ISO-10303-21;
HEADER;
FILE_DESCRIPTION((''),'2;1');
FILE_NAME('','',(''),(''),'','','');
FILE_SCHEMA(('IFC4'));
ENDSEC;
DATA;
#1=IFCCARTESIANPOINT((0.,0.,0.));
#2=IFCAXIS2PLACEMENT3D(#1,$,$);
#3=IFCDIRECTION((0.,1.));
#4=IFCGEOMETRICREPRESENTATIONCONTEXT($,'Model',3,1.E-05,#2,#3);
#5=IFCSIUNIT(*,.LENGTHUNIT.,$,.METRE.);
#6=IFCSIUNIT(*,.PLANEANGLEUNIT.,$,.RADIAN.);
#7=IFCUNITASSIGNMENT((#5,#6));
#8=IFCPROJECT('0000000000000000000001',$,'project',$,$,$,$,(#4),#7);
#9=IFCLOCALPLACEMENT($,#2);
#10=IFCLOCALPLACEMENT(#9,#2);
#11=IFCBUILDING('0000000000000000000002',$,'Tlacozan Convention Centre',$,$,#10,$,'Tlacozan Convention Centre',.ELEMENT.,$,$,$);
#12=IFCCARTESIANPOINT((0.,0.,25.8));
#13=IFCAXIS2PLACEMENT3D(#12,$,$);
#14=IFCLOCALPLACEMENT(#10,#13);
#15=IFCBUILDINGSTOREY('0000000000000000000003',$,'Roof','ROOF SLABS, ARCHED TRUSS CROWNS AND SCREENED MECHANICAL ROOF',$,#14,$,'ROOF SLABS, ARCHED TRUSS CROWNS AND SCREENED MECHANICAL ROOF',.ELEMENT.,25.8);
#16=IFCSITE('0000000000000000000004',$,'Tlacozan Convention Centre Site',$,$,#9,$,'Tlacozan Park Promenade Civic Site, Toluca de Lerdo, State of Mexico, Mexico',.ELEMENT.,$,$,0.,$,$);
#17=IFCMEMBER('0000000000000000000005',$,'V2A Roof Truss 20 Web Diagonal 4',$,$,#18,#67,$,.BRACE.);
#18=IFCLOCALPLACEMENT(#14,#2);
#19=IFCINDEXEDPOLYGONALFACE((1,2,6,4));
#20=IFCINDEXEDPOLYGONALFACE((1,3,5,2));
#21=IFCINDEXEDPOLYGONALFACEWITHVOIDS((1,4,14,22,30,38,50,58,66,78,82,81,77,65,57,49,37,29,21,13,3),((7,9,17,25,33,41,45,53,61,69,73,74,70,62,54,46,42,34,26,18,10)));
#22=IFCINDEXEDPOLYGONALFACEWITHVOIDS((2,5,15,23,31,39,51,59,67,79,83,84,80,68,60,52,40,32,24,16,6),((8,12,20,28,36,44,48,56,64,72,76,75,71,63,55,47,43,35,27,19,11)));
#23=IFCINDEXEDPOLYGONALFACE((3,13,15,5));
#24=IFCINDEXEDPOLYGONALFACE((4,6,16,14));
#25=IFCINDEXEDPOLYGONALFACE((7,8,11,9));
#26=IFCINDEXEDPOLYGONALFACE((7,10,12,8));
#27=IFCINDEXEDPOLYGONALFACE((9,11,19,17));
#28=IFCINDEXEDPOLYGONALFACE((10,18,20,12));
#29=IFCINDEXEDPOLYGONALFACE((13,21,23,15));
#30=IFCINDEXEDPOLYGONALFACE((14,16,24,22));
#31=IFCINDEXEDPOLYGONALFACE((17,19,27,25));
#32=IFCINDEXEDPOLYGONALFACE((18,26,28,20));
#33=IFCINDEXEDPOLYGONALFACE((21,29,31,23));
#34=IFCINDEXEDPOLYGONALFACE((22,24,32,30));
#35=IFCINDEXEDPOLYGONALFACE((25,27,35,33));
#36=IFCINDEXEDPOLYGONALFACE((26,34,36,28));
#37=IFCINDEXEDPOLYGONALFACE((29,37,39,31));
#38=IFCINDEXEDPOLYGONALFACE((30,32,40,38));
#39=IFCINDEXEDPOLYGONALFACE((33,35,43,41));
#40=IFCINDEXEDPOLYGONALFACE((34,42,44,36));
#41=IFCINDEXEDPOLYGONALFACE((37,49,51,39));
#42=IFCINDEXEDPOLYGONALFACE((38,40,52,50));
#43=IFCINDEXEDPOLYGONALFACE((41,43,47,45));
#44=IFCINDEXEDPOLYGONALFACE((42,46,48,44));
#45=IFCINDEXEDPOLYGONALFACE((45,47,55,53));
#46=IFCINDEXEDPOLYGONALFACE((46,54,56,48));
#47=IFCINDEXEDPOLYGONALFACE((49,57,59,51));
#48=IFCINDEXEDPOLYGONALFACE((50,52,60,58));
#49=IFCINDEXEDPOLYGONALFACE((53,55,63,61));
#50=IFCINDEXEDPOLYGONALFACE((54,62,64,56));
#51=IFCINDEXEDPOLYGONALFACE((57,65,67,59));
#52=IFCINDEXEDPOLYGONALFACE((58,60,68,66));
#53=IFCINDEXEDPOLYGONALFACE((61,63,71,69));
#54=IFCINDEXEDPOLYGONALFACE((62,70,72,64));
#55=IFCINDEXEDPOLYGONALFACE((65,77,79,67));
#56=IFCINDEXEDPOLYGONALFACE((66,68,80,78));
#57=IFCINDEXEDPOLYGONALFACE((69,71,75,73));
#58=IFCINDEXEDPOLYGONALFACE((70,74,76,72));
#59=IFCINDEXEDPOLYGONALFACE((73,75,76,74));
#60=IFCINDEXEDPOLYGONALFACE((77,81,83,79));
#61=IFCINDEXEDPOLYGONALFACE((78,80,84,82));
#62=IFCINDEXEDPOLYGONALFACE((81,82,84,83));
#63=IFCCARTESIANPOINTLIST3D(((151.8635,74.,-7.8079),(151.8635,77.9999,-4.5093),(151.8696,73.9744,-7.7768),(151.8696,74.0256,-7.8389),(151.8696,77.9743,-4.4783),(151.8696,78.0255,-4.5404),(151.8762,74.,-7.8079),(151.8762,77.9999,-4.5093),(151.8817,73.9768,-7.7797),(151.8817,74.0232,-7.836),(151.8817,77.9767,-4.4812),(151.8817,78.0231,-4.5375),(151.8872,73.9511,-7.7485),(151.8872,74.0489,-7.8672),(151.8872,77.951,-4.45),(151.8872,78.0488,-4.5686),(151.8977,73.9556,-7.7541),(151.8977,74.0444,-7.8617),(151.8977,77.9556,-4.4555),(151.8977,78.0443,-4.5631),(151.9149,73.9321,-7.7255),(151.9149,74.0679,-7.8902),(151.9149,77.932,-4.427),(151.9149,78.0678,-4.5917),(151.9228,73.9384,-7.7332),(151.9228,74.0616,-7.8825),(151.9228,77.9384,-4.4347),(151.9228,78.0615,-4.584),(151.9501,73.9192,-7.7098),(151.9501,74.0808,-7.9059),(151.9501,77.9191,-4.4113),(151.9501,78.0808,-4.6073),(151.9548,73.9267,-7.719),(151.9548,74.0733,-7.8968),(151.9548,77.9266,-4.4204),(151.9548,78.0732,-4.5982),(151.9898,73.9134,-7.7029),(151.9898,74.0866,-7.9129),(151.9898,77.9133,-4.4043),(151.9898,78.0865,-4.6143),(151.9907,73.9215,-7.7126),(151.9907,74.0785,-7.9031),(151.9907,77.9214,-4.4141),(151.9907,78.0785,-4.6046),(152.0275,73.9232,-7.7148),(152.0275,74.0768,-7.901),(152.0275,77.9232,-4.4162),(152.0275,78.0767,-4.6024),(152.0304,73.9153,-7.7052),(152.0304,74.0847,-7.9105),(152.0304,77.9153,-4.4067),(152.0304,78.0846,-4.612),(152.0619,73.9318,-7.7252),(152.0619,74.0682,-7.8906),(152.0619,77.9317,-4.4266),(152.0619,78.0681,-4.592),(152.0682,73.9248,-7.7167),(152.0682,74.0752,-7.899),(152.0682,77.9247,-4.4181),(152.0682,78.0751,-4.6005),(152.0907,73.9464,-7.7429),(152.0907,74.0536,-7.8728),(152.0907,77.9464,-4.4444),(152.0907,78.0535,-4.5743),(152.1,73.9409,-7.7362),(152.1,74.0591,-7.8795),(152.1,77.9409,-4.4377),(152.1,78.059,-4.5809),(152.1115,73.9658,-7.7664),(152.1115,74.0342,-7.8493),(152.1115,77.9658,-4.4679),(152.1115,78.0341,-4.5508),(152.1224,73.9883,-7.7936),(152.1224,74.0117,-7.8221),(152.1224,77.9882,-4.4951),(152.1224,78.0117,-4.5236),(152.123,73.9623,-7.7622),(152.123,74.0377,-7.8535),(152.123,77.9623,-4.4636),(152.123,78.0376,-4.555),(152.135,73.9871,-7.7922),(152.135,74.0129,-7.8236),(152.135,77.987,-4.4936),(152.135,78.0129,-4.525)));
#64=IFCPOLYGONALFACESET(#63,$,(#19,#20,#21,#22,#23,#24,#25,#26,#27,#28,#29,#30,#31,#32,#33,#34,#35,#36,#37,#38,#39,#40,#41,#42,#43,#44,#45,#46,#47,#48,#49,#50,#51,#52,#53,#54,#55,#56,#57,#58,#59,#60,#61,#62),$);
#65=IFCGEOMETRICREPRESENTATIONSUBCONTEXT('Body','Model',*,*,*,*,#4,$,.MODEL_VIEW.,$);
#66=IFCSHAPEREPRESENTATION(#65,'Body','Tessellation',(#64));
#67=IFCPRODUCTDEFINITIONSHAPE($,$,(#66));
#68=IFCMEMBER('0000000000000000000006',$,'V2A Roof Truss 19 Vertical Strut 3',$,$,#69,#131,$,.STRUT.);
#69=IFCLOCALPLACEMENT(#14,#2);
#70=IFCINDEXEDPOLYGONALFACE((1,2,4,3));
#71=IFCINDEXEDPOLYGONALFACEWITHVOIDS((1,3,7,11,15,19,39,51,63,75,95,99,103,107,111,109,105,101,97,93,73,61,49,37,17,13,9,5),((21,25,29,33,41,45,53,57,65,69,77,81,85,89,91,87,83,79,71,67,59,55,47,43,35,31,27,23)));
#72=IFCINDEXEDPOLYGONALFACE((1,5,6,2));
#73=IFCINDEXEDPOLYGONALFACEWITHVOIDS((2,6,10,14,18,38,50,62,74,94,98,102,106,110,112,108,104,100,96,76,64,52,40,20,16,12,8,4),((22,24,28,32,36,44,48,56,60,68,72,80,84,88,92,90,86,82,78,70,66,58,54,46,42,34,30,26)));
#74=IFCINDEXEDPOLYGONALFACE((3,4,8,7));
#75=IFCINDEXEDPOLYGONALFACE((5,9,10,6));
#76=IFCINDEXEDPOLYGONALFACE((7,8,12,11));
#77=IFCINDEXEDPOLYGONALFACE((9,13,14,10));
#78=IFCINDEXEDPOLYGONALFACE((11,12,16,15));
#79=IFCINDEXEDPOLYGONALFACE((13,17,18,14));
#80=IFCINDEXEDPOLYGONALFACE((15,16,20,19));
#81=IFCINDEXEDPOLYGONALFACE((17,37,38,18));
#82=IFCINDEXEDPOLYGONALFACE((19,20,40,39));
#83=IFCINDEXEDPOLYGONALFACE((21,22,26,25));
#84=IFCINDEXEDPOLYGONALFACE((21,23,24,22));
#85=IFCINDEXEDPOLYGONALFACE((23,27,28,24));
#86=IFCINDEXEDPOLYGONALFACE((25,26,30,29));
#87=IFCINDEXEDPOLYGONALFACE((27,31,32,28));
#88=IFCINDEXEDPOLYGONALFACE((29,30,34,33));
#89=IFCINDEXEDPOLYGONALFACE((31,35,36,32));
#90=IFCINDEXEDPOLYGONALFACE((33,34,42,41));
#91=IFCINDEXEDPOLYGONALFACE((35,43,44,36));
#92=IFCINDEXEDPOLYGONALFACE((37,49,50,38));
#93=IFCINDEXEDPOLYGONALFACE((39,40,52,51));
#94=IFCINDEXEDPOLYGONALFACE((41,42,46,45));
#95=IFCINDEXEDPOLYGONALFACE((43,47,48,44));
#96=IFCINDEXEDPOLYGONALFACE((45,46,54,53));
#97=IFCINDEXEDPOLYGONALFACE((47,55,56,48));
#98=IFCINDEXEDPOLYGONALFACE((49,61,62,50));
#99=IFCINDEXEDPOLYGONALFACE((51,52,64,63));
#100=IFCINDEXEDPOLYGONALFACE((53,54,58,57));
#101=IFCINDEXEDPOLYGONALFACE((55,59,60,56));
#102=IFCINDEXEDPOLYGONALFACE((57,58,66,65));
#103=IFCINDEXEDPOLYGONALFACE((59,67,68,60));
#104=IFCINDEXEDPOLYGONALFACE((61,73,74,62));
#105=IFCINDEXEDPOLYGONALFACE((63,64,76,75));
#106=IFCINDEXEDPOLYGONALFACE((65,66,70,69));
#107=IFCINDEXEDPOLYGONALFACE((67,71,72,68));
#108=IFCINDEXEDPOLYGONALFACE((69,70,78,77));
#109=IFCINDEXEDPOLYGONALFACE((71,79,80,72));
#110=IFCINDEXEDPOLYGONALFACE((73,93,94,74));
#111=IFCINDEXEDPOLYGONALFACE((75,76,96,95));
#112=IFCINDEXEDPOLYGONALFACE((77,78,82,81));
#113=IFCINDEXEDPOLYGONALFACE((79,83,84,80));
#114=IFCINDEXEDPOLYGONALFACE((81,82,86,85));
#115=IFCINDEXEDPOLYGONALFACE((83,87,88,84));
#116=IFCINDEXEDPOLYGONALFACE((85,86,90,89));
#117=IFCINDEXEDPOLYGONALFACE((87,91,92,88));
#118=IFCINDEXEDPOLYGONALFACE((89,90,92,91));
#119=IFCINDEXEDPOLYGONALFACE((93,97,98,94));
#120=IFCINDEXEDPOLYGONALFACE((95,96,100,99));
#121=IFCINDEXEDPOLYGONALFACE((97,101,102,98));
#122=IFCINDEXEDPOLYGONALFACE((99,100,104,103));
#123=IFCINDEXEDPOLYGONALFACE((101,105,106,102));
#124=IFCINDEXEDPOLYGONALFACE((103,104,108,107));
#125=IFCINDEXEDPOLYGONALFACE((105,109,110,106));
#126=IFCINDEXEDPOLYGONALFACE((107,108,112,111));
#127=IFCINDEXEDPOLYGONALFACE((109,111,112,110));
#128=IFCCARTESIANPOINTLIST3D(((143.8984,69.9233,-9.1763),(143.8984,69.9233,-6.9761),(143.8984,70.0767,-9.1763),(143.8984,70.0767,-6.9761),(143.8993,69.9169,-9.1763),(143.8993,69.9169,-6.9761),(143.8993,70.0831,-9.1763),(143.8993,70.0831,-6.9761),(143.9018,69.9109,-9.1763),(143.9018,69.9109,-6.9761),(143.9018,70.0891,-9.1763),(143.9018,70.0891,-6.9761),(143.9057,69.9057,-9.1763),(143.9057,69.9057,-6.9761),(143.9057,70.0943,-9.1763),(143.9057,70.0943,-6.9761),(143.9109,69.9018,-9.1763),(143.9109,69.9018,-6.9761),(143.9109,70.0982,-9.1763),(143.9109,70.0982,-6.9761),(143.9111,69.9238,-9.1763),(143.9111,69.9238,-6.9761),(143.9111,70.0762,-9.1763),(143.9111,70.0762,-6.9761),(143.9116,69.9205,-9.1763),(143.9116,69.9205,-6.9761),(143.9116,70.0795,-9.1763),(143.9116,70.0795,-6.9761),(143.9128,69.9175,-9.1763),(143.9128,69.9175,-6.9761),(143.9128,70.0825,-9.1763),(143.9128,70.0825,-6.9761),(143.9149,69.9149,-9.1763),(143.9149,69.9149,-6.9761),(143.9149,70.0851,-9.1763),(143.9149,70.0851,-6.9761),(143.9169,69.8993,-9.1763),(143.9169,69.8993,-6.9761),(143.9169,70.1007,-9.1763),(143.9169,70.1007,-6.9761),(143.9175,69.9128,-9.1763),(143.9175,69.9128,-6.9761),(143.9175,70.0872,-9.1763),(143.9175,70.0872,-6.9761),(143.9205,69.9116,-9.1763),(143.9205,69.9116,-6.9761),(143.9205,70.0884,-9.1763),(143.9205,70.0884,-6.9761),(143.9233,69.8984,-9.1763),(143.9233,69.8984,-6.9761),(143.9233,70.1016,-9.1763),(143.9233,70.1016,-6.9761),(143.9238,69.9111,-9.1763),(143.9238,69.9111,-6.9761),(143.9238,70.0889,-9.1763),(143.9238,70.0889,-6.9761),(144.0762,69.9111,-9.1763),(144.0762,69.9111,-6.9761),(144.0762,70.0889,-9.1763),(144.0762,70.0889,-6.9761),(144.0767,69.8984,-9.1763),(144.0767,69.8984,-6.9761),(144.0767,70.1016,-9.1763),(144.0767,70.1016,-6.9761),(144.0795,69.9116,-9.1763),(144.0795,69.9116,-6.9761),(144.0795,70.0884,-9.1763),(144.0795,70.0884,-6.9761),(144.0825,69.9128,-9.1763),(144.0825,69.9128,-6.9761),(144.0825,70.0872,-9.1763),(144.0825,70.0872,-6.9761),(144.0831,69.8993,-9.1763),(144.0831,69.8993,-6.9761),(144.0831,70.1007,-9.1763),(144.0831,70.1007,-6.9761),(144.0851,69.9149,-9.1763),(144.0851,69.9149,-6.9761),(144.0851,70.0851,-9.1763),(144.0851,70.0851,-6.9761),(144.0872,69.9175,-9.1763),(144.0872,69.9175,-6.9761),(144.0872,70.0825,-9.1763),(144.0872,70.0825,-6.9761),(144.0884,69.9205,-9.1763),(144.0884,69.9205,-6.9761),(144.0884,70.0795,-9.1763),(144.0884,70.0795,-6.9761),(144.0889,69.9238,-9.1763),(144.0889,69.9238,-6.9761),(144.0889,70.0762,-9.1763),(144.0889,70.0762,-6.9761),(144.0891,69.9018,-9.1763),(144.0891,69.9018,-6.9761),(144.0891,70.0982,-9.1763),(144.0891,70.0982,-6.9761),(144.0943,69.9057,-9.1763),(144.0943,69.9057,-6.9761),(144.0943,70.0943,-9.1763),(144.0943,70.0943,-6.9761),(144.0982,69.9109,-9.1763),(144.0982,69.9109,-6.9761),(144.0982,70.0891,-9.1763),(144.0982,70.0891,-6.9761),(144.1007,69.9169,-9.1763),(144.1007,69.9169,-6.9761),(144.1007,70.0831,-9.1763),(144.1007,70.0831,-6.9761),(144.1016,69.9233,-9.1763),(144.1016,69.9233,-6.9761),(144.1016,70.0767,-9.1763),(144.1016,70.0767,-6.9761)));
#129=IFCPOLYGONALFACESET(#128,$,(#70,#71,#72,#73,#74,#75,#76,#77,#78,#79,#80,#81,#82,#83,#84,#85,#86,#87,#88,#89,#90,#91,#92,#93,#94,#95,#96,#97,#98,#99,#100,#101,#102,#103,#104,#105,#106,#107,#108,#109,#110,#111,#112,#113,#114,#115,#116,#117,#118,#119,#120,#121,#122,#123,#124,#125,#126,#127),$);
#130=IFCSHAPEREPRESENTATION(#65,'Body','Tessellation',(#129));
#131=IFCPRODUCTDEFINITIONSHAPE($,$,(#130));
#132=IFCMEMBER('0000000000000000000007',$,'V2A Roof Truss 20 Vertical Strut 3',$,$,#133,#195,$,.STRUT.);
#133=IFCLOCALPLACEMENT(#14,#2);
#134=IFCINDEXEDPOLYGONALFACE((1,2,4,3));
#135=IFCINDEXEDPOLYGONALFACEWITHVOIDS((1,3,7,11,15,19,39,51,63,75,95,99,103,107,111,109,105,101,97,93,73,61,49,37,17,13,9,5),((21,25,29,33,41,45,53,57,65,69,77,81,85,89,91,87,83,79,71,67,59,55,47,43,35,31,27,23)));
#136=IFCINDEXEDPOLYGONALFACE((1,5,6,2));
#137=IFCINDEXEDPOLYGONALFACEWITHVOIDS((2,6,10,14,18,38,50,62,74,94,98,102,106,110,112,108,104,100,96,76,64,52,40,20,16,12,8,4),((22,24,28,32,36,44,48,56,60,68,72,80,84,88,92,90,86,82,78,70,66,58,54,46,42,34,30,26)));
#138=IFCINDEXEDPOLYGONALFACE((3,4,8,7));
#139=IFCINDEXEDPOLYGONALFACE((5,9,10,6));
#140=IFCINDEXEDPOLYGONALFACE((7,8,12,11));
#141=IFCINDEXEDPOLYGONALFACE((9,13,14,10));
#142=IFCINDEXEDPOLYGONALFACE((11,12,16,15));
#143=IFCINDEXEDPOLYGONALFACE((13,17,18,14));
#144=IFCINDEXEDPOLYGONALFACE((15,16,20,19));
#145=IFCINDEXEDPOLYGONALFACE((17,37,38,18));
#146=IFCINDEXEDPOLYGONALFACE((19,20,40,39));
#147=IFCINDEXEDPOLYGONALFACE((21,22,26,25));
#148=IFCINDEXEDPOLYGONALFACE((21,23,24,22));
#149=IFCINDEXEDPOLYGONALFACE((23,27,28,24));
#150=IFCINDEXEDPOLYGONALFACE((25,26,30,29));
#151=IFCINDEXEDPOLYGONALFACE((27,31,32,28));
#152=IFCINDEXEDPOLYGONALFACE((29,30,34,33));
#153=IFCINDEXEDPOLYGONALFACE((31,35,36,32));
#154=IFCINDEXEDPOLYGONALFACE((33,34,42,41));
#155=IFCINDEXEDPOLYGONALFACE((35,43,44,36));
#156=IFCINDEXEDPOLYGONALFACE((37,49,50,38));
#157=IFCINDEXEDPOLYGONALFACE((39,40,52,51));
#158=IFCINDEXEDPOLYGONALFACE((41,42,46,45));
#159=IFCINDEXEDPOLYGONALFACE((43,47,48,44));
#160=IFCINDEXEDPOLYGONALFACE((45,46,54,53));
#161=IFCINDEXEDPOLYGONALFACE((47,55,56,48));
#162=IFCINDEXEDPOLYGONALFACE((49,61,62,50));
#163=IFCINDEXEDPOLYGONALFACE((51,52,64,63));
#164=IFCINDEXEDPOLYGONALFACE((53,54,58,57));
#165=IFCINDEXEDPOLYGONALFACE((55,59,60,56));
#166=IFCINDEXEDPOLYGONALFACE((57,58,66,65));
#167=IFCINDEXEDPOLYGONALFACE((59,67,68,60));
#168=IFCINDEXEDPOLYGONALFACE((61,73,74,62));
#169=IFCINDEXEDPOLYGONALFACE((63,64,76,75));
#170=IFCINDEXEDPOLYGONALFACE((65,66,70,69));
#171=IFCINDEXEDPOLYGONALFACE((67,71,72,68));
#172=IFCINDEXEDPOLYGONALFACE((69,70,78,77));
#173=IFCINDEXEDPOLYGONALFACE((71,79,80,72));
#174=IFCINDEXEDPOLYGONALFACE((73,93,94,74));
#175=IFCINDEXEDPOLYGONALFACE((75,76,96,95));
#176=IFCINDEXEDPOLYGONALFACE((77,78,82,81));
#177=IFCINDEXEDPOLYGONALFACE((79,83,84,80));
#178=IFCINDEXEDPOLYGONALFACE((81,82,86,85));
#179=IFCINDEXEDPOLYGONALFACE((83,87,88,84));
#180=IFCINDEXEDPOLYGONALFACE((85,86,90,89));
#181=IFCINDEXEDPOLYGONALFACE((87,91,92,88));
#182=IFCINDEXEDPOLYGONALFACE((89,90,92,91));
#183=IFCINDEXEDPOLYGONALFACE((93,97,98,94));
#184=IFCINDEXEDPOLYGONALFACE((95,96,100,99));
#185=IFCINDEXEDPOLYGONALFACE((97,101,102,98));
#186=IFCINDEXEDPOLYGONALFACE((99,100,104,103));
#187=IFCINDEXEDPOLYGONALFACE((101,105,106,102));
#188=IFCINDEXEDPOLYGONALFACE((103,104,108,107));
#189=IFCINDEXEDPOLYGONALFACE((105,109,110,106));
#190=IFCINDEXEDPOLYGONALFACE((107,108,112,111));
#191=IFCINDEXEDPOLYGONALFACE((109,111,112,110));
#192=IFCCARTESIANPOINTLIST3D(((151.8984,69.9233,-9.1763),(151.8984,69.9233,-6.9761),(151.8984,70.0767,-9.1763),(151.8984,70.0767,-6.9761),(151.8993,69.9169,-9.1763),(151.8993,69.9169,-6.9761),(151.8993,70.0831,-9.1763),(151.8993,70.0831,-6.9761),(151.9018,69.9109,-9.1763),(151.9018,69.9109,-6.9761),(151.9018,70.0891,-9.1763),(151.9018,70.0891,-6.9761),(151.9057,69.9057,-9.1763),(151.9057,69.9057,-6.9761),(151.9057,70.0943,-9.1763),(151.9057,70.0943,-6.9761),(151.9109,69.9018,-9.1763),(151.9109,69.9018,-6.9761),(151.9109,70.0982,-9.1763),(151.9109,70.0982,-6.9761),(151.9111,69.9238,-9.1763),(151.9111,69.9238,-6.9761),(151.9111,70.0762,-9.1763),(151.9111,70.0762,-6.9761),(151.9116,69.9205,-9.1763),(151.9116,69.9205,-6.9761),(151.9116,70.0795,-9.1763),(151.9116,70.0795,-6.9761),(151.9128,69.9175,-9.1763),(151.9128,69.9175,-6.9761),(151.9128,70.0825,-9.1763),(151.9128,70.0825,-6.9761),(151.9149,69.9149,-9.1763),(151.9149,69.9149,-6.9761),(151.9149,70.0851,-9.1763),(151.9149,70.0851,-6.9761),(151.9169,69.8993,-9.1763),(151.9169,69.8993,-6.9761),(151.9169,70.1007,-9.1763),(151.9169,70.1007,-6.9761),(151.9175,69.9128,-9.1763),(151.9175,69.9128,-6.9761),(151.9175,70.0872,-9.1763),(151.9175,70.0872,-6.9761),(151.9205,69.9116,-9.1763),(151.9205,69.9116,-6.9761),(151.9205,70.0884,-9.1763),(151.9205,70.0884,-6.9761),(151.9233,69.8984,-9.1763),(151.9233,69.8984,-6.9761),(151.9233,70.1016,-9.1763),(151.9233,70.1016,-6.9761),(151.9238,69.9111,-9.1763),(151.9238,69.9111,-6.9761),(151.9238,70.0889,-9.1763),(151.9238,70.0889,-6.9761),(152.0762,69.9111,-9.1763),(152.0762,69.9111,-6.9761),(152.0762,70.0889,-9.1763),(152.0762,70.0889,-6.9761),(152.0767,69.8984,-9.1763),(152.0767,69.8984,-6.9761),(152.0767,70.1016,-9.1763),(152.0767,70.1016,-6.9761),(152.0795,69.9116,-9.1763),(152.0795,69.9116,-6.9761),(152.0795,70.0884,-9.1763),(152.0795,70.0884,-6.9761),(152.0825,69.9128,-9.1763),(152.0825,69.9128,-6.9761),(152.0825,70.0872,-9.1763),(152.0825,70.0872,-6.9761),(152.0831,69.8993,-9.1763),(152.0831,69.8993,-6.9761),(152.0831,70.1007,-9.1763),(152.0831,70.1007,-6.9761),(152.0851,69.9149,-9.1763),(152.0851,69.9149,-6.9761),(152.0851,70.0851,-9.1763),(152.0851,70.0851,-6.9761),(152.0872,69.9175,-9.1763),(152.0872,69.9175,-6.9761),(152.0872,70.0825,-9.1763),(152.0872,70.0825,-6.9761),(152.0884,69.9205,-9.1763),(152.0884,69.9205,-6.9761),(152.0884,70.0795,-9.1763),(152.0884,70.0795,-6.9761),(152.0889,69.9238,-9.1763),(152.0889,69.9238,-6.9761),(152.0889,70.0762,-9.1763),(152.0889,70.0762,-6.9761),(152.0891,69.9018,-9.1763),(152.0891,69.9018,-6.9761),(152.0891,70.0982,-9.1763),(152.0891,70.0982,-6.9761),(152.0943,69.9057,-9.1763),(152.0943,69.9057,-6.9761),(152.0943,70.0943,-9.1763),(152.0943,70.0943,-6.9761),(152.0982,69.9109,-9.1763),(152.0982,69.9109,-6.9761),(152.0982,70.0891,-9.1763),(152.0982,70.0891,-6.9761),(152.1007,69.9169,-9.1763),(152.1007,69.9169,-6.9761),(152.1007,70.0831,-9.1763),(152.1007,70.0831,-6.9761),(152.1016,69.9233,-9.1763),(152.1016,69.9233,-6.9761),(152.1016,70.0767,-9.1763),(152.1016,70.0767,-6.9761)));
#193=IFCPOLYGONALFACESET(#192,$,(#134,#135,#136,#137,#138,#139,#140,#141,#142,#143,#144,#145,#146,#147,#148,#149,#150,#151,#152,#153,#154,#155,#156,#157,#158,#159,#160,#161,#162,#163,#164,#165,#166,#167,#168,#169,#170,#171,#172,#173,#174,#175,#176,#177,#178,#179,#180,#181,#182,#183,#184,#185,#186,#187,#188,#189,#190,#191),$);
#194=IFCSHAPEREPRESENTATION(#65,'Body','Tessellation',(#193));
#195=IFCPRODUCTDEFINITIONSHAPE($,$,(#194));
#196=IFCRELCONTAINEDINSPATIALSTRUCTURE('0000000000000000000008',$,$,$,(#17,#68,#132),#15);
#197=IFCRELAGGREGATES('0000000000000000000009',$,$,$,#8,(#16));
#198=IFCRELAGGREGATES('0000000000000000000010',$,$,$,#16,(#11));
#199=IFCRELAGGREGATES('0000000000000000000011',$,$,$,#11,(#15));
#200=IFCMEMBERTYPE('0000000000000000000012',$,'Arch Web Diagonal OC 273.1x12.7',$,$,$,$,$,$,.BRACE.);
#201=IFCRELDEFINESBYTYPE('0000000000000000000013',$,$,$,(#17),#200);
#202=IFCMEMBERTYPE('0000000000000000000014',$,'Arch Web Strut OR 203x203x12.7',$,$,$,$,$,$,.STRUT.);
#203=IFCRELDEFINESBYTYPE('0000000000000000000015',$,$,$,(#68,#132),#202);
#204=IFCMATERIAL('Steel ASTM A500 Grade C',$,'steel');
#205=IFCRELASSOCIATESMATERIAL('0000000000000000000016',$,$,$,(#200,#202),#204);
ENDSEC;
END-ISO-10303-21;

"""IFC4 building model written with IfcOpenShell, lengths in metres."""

from ifc_helpers import new_model, si_unit, direction, frame, origin, origin_2d, place, context, subcontext, project, spatial, hollow_rectangle, hollow_circle, extrude, material, material_profile, profile_set, type_object, element, save


model = new_model("IFC4")

# Units and contexts
model_context = context("Model", 3, precision=1e-05, world=origin(), true_north=direction((0.0, 1.0)))
body_context = subcontext(model_context, "Body", "Model", "MODEL_VIEW")
ifc_project = project(units=[si_unit("LENGTHUNIT", "METRE"), si_unit("PLANEANGLEUNIT", "RADIAN")], contexts=[model_context])

# Site, building, storey
site_placement = place(None, origin())
site = spatial("IfcSite", under=ifc_project, at=site_placement, Name="Tlacozan Convention Centre Site", LongName="Tlacozan Park Promenade Civic Site, Toluca de Lerdo, State of Mexico, Mexico", CompositionType="ELEMENT", RefElevation=0.0)
building_placement = place(site_placement, origin())
building = spatial("IfcBuilding", under=site, at=building_placement, Name="Tlacozan Convention Centre", LongName="Tlacozan Convention Centre", CompositionType="ELEMENT")
storey_placement = place(building_placement, frame((0.0, 0.0, 25.8)))
storey = spatial("IfcBuildingStorey", under=building, at=storey_placement, Name="Roof", Description="ROOF SLABS, ARCHED TRUSS CROWNS AND SCREENED MECHANICAL ROOF", LongName="ROOF SLABS, ARCHED TRUSS CROWNS AND SCREENED MECHANICAL ROOF", CompositionType="ELEMENT", Elevation=25.8)

# Members
ifc_material_1 = material(Name="Steel ASTM A500 Grade C", Category="steel")
ifc_material_profile_1 = material_profile(ifc_material_1, hollow_circle(Radius=0.1365, WallThickness=0.0127, at=origin_2d()), Name="OC 273.1x12.7")
ifc_profile_set_1 = profile_set([ifc_material_profile_1], Name="Steel ASTM A500 Grade C")
member_type_1 = type_object("IfcMemberType", Name="Arch Web Diagonal OC 273.1x12.7", PredefinedType="BRACE", material=ifc_profile_set_1)
member_1_placement = place(storey_placement, frame((152.0, 74.0, -7.8079), z_axis=(0.0, 0.771507, 0.63622), x_axis=(-1.0, 0.0, 0.0)))
element("IfcMember", 1, at=member_1_placement, inside=storey, type_object=member_type_1, Name="V2A Roof Truss 20 Web Diagonal 4", PredefinedType="BRACE", context=body_context, shape_type="SweptSolid", body=[
    extrude(hollow_circle(Radius=0.1365, WallThickness=0.0127, at=origin_2d()), origin(), (0.0, 0.0, 1.0), 5.1846),
])
ifc_material_profile_2 = material_profile(ifc_material_1, hollow_rectangle(XDim=0.2031, YDim=0.2031, WallThickness=0.0127, InnerFilletRadius=0.0127, OuterFilletRadius=0.0249, at=origin_2d()), Name="OR 203x203x12.7")
ifc_profile_set_2 = profile_set([ifc_material_profile_2], Name="Steel ASTM A500 Grade C")
member_type_2 = type_object("IfcMemberType", Name="Arch Web Strut OR 203x203x12.7", PredefinedType="STRUT", material=ifc_profile_set_2)
for number, where, z_axis, x_axis, name in (
    (2, (144.0, 70.0, -9.1763), (0.0, 0.0, 1.0), (1.0, 0.0, 0.0), "V2A Roof Truss 19 Vertical Strut 3"),
    (3, (152.0, 70.0, -9.1763), (0.0, 0.0, 1.0), (1.0, 0.0, 0.0), "V2A Roof Truss 20 Vertical Strut 3"),
):
    element("IfcMember", number, at=place(storey_placement, frame(where, z_axis=z_axis, x_axis=x_axis)), inside=storey, type_object=member_type_2, Name=name, PredefinedType="STRUT", context=body_context, shape_type="SweptSolid", body=[
        extrude(hollow_rectangle(XDim=0.2031, YDim=0.2031, WallThickness=0.0127, InnerFilletRadius=0.0127, OuterFilletRadius=0.0249, at=origin_2d()), origin(), (0.0, 0.0, 1.0), 2.2002),
    ])

save(model, "model.ifc")
